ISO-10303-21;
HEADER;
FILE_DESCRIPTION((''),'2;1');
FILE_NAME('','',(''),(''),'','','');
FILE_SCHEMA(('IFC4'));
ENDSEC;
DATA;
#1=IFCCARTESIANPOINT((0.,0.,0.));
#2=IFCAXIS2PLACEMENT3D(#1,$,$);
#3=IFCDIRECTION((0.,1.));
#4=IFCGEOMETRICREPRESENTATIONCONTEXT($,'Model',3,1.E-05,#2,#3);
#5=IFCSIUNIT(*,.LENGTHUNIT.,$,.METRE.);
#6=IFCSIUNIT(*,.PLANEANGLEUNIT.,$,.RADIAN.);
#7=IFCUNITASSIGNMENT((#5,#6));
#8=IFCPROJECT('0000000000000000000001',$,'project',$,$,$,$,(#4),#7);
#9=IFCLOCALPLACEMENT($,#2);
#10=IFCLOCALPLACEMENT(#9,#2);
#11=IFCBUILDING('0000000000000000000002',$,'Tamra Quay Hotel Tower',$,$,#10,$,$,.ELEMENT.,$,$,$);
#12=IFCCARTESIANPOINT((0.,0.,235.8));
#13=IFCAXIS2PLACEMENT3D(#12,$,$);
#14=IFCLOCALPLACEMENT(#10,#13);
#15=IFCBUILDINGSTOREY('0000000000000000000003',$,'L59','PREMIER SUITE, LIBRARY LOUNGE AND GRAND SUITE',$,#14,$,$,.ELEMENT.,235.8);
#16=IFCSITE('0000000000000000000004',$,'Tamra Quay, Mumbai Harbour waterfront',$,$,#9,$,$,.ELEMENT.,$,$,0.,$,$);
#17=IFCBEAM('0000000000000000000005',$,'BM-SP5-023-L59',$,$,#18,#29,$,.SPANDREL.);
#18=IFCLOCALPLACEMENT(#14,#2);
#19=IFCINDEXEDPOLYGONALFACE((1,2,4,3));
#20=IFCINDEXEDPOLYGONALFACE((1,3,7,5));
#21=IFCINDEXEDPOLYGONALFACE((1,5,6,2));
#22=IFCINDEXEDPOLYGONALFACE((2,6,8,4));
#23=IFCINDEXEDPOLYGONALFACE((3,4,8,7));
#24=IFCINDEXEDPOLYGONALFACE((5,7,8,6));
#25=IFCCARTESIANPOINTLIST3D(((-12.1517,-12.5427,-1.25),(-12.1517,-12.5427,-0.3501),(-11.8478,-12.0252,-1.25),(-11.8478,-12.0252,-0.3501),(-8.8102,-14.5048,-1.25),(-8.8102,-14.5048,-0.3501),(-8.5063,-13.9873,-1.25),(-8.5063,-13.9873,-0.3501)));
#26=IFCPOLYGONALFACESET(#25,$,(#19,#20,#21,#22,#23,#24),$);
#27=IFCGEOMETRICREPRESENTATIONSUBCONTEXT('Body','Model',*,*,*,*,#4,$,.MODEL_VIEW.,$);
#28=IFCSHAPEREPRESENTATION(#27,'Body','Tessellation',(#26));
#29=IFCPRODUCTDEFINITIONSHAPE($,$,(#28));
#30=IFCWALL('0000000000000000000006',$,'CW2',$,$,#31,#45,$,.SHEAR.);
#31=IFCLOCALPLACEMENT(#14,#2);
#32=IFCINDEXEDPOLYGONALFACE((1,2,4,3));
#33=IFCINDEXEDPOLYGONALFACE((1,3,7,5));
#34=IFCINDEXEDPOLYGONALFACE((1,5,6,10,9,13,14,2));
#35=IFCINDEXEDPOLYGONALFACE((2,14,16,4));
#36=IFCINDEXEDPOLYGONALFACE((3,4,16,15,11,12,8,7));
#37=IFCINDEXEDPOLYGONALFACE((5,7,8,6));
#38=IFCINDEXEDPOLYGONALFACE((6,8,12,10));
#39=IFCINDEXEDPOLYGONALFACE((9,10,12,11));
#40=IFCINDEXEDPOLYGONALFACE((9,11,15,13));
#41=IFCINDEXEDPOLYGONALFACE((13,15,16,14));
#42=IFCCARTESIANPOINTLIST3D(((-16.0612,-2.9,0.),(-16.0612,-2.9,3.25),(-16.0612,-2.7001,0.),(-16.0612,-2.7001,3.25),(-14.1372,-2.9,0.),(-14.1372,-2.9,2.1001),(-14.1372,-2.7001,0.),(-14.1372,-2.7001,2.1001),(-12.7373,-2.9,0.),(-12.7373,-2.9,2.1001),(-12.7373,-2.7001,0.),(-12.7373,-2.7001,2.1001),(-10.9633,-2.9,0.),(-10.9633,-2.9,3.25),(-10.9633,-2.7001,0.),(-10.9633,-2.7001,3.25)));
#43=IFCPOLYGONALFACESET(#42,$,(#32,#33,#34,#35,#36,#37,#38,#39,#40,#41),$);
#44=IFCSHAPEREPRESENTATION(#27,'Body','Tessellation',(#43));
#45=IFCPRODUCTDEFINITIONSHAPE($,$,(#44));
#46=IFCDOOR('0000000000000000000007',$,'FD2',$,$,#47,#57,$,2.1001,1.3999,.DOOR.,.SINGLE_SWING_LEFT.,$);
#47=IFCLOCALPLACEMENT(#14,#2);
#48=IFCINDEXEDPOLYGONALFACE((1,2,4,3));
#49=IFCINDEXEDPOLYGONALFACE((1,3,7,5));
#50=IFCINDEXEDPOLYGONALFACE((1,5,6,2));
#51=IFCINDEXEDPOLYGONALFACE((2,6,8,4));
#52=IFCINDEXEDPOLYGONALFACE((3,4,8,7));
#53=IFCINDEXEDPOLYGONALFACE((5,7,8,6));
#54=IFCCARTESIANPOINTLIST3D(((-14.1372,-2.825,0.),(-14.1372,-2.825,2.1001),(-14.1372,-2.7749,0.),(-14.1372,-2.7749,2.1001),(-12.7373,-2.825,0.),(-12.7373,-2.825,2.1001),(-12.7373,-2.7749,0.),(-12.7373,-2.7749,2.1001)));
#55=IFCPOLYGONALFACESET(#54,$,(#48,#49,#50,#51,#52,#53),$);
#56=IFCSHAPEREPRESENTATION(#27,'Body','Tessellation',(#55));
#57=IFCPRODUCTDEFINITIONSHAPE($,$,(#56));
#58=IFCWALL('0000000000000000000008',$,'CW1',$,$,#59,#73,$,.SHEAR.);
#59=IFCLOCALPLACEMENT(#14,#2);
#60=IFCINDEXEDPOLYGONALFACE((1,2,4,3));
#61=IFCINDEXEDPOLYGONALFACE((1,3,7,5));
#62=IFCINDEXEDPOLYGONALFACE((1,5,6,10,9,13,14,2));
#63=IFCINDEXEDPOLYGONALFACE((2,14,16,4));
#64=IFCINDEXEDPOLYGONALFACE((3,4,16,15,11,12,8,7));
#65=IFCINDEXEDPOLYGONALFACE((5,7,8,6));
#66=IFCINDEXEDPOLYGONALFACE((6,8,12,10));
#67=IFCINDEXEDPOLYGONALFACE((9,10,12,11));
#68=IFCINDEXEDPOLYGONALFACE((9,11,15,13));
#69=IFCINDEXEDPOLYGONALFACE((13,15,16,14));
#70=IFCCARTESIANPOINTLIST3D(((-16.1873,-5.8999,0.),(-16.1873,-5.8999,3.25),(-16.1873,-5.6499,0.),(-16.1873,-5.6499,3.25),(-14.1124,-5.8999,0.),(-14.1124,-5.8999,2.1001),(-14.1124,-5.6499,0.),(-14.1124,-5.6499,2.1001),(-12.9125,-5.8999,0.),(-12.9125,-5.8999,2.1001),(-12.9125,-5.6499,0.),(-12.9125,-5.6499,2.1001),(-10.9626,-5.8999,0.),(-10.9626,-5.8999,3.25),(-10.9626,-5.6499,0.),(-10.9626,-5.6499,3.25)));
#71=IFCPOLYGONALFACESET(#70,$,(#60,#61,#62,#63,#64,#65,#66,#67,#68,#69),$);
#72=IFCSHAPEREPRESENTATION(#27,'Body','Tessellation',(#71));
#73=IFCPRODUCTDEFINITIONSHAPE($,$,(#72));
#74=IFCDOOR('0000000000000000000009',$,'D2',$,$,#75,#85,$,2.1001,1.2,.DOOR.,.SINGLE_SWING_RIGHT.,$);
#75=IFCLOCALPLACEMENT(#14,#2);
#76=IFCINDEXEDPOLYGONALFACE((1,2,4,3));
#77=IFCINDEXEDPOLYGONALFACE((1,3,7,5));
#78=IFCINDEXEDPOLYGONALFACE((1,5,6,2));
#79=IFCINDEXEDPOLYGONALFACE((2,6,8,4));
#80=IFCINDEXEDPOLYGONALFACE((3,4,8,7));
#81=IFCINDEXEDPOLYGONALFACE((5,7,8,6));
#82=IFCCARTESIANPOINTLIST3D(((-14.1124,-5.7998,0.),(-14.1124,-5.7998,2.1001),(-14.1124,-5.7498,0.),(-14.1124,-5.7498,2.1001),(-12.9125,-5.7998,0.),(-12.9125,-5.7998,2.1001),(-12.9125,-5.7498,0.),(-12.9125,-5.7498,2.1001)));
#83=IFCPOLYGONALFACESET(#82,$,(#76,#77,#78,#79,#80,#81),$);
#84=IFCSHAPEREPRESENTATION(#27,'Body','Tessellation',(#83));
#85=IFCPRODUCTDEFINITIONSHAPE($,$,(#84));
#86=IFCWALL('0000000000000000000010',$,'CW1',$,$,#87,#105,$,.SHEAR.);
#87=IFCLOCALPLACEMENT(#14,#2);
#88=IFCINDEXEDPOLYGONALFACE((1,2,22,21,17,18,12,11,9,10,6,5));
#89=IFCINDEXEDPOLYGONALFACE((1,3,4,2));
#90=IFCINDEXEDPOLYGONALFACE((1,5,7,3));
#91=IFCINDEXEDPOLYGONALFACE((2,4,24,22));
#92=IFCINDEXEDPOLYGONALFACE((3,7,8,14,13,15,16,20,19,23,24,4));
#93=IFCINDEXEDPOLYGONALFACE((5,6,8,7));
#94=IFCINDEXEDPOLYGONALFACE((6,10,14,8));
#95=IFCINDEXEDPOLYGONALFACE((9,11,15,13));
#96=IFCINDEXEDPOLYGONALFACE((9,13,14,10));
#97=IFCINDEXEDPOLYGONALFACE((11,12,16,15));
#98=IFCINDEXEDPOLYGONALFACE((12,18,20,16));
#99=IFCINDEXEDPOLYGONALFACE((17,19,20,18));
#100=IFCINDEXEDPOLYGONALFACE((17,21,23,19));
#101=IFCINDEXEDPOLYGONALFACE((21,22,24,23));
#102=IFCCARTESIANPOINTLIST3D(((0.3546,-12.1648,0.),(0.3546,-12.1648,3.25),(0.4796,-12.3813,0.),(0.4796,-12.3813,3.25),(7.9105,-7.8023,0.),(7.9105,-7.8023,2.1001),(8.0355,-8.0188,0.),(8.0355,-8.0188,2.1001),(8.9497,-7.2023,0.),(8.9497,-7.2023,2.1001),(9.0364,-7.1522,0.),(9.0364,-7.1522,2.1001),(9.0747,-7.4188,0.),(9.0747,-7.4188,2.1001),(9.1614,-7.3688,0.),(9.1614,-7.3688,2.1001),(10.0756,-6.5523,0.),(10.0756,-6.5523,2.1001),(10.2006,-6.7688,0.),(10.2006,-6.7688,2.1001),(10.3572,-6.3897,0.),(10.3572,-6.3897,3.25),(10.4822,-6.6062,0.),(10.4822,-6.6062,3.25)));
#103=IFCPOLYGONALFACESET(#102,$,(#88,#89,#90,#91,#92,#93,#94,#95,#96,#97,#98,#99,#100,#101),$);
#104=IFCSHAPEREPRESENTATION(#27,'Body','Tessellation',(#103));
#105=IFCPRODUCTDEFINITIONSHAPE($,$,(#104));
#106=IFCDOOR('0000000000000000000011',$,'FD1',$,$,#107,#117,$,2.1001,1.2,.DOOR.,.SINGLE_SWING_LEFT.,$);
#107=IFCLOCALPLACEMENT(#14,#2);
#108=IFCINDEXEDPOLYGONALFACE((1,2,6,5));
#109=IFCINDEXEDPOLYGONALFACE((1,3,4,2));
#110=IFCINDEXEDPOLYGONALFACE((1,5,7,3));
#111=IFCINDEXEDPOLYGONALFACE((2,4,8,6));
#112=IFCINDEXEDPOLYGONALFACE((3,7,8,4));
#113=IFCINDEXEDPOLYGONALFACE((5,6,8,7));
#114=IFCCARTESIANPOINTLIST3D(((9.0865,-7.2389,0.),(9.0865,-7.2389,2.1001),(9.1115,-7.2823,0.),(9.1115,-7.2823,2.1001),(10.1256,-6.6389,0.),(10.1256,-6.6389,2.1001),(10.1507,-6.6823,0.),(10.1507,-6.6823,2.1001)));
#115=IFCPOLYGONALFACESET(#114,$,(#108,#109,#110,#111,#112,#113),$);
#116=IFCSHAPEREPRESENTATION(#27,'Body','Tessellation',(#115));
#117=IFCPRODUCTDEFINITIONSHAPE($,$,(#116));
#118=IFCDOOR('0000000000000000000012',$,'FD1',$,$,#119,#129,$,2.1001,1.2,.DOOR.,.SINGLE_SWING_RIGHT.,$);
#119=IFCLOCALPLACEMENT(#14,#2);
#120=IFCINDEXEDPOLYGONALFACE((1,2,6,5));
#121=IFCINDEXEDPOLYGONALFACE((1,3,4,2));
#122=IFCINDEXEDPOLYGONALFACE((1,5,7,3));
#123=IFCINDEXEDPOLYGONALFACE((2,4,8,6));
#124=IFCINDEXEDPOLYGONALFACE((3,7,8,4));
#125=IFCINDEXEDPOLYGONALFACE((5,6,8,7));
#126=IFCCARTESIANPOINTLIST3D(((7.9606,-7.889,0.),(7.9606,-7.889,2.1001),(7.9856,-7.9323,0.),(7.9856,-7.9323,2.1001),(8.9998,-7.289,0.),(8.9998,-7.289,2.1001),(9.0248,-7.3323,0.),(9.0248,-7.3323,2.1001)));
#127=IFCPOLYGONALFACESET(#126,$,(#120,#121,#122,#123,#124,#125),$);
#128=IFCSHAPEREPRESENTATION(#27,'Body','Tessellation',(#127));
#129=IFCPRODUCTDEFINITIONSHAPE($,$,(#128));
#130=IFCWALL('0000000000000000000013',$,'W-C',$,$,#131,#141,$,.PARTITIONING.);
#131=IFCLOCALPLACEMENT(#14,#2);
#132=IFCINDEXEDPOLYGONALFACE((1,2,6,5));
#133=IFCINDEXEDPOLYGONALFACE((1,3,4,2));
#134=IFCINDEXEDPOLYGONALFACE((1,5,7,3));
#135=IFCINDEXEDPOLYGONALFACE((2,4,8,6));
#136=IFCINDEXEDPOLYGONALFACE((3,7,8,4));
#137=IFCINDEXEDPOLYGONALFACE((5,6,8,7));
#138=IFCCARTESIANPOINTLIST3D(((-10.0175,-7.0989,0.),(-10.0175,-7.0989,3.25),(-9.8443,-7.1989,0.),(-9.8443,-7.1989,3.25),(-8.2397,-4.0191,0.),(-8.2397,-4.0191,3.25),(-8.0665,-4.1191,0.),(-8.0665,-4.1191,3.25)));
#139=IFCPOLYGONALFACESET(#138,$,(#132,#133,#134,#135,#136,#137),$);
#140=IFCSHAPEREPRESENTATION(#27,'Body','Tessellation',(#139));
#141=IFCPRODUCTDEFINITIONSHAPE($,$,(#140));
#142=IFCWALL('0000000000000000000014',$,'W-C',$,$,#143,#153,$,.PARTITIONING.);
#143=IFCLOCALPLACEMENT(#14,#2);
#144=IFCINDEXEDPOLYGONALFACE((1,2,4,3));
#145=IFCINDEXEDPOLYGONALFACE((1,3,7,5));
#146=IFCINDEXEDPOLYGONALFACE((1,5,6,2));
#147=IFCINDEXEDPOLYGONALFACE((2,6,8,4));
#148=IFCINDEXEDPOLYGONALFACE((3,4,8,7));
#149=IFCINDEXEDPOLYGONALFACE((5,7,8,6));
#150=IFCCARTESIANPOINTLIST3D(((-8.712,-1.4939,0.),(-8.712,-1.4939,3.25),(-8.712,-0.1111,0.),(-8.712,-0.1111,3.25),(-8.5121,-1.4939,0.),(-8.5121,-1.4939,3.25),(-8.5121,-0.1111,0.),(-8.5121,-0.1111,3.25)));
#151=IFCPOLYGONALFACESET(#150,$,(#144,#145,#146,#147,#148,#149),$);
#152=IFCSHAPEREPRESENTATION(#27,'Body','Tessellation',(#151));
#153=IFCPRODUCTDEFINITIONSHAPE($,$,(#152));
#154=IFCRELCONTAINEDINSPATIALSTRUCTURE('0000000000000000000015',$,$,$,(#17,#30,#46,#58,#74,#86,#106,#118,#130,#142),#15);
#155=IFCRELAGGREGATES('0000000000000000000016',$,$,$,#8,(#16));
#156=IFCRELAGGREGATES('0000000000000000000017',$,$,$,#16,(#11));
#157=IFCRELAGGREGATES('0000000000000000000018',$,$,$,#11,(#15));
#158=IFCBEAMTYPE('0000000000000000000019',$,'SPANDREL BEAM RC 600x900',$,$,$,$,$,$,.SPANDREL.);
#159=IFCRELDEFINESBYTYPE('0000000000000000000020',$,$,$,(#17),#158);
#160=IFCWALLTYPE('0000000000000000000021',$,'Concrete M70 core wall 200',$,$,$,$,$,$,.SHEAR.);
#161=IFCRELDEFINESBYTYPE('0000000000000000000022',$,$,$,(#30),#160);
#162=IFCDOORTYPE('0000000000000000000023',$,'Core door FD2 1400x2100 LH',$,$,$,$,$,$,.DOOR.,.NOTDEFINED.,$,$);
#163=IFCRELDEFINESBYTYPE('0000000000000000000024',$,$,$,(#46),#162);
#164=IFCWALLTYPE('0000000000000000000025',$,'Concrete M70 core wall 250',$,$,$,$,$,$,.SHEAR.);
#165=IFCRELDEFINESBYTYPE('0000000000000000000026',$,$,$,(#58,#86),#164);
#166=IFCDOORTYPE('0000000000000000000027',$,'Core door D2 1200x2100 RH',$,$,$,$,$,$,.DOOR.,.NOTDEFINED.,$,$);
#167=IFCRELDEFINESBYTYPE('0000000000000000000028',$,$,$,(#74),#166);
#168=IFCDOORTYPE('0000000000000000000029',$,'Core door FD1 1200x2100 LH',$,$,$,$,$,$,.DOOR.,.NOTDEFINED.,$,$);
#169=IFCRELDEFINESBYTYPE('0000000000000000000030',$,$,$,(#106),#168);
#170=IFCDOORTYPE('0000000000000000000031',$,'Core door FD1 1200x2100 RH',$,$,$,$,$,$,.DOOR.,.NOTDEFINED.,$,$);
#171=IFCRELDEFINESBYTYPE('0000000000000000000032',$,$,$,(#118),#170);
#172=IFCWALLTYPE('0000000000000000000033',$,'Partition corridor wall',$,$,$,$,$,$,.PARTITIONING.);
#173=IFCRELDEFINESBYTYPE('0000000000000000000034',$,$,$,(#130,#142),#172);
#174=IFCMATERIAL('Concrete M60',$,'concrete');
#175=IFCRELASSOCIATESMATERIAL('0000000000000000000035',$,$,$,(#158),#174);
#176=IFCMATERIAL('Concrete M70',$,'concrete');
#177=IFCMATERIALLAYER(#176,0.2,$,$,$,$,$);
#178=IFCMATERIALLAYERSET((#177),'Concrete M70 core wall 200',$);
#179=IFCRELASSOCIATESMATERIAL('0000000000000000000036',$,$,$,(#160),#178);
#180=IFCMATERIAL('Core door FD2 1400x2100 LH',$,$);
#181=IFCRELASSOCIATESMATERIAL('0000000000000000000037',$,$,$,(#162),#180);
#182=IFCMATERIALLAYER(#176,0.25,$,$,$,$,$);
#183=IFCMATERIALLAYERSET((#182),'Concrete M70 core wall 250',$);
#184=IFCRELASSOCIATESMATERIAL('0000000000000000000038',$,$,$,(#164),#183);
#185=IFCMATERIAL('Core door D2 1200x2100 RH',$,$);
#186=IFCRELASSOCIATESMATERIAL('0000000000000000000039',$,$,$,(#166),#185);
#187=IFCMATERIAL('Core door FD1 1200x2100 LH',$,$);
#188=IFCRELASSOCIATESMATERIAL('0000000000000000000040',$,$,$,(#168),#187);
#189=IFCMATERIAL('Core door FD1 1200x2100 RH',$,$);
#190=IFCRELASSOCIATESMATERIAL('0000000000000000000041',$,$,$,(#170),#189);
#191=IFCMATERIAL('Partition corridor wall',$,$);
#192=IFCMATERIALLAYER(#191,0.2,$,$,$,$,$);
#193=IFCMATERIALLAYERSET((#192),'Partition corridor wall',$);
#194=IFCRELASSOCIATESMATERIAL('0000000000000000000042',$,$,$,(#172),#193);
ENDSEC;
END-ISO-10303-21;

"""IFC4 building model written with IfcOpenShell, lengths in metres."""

from ifc_helpers import new_model, si_unit, direction, frame, frame_2d, origin, origin_2d, place, context, subcontext, project, spatial, rectangle, extrude, material, layer, layer_set, material_profile, profile_set, type_object, element, fill, save


model = new_model("IFC4")

# Units and contexts
model_context = context("Model", 3, precision=1e-05, world=origin(), true_north=direction((0.0, 1.0)))
body_context = subcontext(model_context, "Body", "Model", "MODEL_VIEW")
ifc_project = project(units=[si_unit("LENGTHUNIT", "METRE"), si_unit("PLANEANGLEUNIT", "RADIAN")], contexts=[model_context])

# Site, building, storey
site_placement = place(None, origin())
site = spatial("IfcSite", under=ifc_project, at=site_placement, Name="Tamra Quay, Mumbai Harbour waterfront", CompositionType="ELEMENT", RefElevation=0.0)
building_placement = place(site_placement, origin())
building = spatial("IfcBuilding", under=site, at=building_placement, Name="Tamra Quay Hotel Tower", CompositionType="ELEMENT")
storey_placement = place(building_placement, frame((0.0, 0.0, 235.8)))
storey = spatial("IfcBuildingStorey", under=building, at=storey_placement, Name="L59", Description="PREMIER SUITE, LIBRARY LOUNGE AND GRAND SUITE", CompositionType="ELEMENT", Elevation=235.8)

# Beam
ifc_material_1 = material(Name="Concrete M60", Category="concrete")
ifc_material_profile = material_profile(ifc_material_1, rectangle(XDim=0.6001, YDim=0.8999, at=origin_2d()), Name="SPANDREL BEAM RC 600x900")
ifc_profile_set = profile_set([ifc_material_profile], Name="Concrete M60")
beam_type = type_object("IfcBeamType", Name="SPANDREL BEAM RC 600x900", PredefinedType="SPANDREL", material=ifc_profile_set)
beam_placement = place(storey_placement, frame((-11.9998, -12.2839, -0.8), z_axis=(0.862324, -0.506356, 0.0), x_axis=(0.506356, 0.862324, 0.0)))
element("IfcBeam", 1, at=beam_placement, inside=storey, type_object=beam_type, Name="BM-SP5-023-L59", PredefinedType="SPANDREL", context=body_context, shape_type="SweptSolid", body=[
    extrude(rectangle(XDim=0.6001, YDim=0.8999, at=origin_2d()), origin(), (0.0, 0.0, 1.0), 3.875),
])

# Walls, openings, doors
ifc_material_2 = material(Name="Concrete M70", Category="concrete")
ifc_layer_1 = layer(ifc_material_2, 0.2)
ifc_layer_set_1 = layer_set([ifc_layer_1], Name="Concrete M70 core wall 200")
wall_type_1 = type_object("IfcWallType", Name="Concrete M70 core wall 200", PredefinedType="SHEAR", material=ifc_layer_set_1)
wall_1_placement = place(storey_placement, frame((-10.9634, -2.8, 0.0), z_axis=(0.0, 0.0, 1.0), x_axis=(-1.0, 0.0, 0.0)))
wall_1 = element("IfcWall", 2, at=wall_1_placement, inside=storey, type_object=wall_type_1, Name="CW2", PredefinedType="SHEAR", context=body_context, shape_type="SweptSolid", body=[
    extrude(rectangle(XDim=5.0979, YDim=0.2, at=frame_2d((2.5488, 0.0))), origin(), (0.0, 0.0, 1.0), 3.25),
])
opening_1_placement = place(wall_1_placement, frame((1.7739, 0.0, 0.0)))
opening_1 = element("IfcOpeningElement", 3, at=opening_1_placement, cuts=wall_1, PredefinedType="OPENING", context=body_context, shape_type="SweptSolid", body=[
    extrude(rectangle(XDim=1.3999, YDim=2.1001, at=frame_2d((0.7, 1.05))), frame((0.0, 0.1099, 0.0), z_axis=(0.0, -1.0, 0.0), x_axis=(1.0, 0.0, 0.0)), (0.0, 0.0, 1.0), 0.22),
])
ifc_material_3 = material(Name="Core door FD2 1400x2100 LH")
door_type_1 = type_object("IfcDoorType", Name="Core door FD2 1400x2100 LH", OperationType="NOTDEFINED", PredefinedType="DOOR", material=ifc_material_3)
door_1_placement = place(opening_1_placement, origin())
door_1 = element("IfcDoor", 4, at=door_1_placement, inside=storey, type_object=door_type_1, Name="FD2", OperationType="SINGLE_SWING_LEFT", OverallHeight=2.1001, OverallWidth=1.3999, PredefinedType="DOOR", context=body_context, shape_type="SweptSolid", body=[
    extrude(rectangle(XDim=1.3999, YDim=2.1001, at=frame_2d((0.7, 1.05))), frame((0.0, 0.0249, 0.0), z_axis=(0.0, -1.0, 0.0), x_axis=(1.0, 0.0, 0.0)), (0.0, 0.0, 1.0), 0.05),
])
fill(opening_1, door_1)
ifc_layer_2 = layer(ifc_material_2, 0.25)
ifc_layer_set_2 = layer_set([ifc_layer_2], Name="Concrete M70 core wall 250")
wall_type_2 = type_object("IfcWallType", Name="Concrete M70 core wall 250", PredefinedType="SHEAR", material=ifc_layer_set_2)
wall_2_placement = place(storey_placement, frame((-10.9626, -5.7749, 0.0), z_axis=(0.0, 0.0, 1.0), x_axis=(-1.0, 0.0, 0.0)))
wall_2 = element("IfcWall", 5, at=wall_2_placement, inside=storey, type_object=wall_type_2, Name="CW1", PredefinedType="SHEAR", context=body_context, shape_type="SweptSolid", body=[
    extrude(rectangle(XDim=5.2246, YDim=0.25, at=frame_2d((2.6123, 0.0))), origin(), (0.0, 0.0, 1.0), 3.25),
])
opening_2_placement = place(wall_2_placement, frame((1.9497, 0.0, 0.0)))
opening_2 = element("IfcOpeningElement", 6, at=opening_2_placement, cuts=wall_2, PredefinedType="OPENING", context=body_context, shape_type="SweptSolid", body=[
    extrude(rectangle(XDim=1.2, YDim=2.1001, at=frame_2d((0.6001, 1.05))), frame((0.0, 0.135, 0.0), z_axis=(0.0, -1.0, 0.0), x_axis=(1.0, 0.0, 0.0)), (0.0, 0.0, 1.0), 0.27),
])
ifc_material_4 = material(Name="Core door D2 1200x2100 RH")
door_type_2 = type_object("IfcDoorType", Name="Core door D2 1200x2100 RH", OperationType="NOTDEFINED", PredefinedType="DOOR", material=ifc_material_4)
door_2_placement = place(opening_2_placement, origin())
door_2 = element("IfcDoor", 7, at=door_2_placement, inside=storey, type_object=door_type_2, Name="D2", OperationType="SINGLE_SWING_RIGHT", OverallHeight=2.1001, OverallWidth=1.2, PredefinedType="DOOR", context=body_context, shape_type="SweptSolid", body=[
    extrude(rectangle(XDim=1.2, YDim=2.1001, at=frame_2d((0.6001, 1.05))), frame((0.0, 0.0249, 0.0), z_axis=(0.0, -1.0, 0.0), x_axis=(1.0, 0.0, 0.0)), (0.0, 0.0, 1.0), 0.05),
])
fill(opening_2, door_2)

# Wall, openings, doors
wall_3_placement = place(storey_placement, frame((0.4172, -12.2729, 0.0), z_axis=(0.0, 0.0, 1.0), x_axis=(0.866022, 0.500006, 0.0)))
wall_3 = element("IfcWall", 8, at=wall_3_placement, inside=storey, type_object=wall_type_2, Name="CW1", PredefinedType="SHEAR", context=body_context, shape_type="SweptSolid", body=[
    extrude(rectangle(XDim=11.55, YDim=0.25, at=frame_2d((5.7749, 0.0))), origin(), (0.0, 0.0, 1.0), 3.25),
])
opening_3_placement = place(wall_3_placement, frame((10.0247, 0.0, 0.0)))
opening_3 = element("IfcOpeningElement", 9, at=opening_3_placement, cuts=wall_3, PredefinedType="OPENING", context=body_context, shape_type="SweptSolid", body=[
    extrude(rectangle(XDim=1.2, YDim=2.1001, at=frame_2d((0.6001, 1.05))), frame((0.0, 0.135, 0.0), z_axis=(0.0, -1.0, 0.0), x_axis=(1.0, 0.0, 0.0)), (0.0, 0.0, 1.0), 0.27),
])
opening_4_placement = place(wall_3_placement, frame((8.7246, 0.0, 0.0)))
opening_4 = element("IfcOpeningElement", 10, at=opening_4_placement, cuts=wall_3, PredefinedType="OPENING", context=body_context, shape_type="SweptSolid", body=[
    extrude(rectangle(XDim=1.2, YDim=2.1001, at=frame_2d((0.6001, 1.05))), frame((0.0, 0.135, 0.0), z_axis=(0.0, -1.0, 0.0), x_axis=(1.0, 0.0, 0.0)), (0.0, 0.0, 1.0), 0.27),
])
ifc_material_5 = material(Name="Core door FD1 1200x2100 LH")
door_type_3 = type_object("IfcDoorType", Name="Core door FD1 1200x2100 LH", OperationType="NOTDEFINED", PredefinedType="DOOR", material=ifc_material_5)
door_3_placement = place(opening_3_placement, origin())
door_3 = element("IfcDoor", 11, at=door_3_placement, inside=storey, type_object=door_type_3, Name="FD1", OperationType="SINGLE_SWING_LEFT", OverallHeight=2.1001, OverallWidth=1.2, PredefinedType="DOOR", context=body_context, shape_type="SweptSolid", body=[
    extrude(rectangle(XDim=1.2, YDim=2.1001, at=frame_2d((0.6001, 1.05))), frame((0.0, 0.0249, 0.0), z_axis=(0.0, -1.0, 0.0), x_axis=(1.0, 0.0, 0.0)), (0.0, 0.0, 1.0), 0.05),
])
fill(opening_3, door_3)
ifc_material_6 = material(Name="Core door FD1 1200x2100 RH")
door_type_4 = type_object("IfcDoorType", Name="Core door FD1 1200x2100 RH", OperationType="NOTDEFINED", PredefinedType="DOOR", material=ifc_material_6)
door_4_placement = place(opening_4_placement, origin())
door_4 = element("IfcDoor", 12, at=door_4_placement, inside=storey, type_object=door_type_4, Name="FD1", OperationType="SINGLE_SWING_RIGHT", OverallHeight=2.1001, OverallWidth=1.2, PredefinedType="DOOR", context=body_context, shape_type="SweptSolid", body=[
    extrude(rectangle(XDim=1.2, YDim=2.1001, at=frame_2d((0.6001, 1.05))), frame((0.0, 0.0249, 0.0), z_axis=(0.0, -1.0, 0.0), x_axis=(1.0, 0.0, 0.0)), (0.0, 0.0, 1.0), 0.05),
])
fill(opening_4, door_4)

# Walls
ifc_material_7 = material(Name="Partition corridor wall")
ifc_layer_3 = layer(ifc_material_7, 0.2)
ifc_layer_set_3 = layer_set([ifc_layer_3], Name="Partition corridor wall")
wall_type_3 = type_object("IfcWallType", Name="Partition corridor wall", PredefinedType="PARTITIONING", material=ifc_layer_set_3)
wall_4_placement = place(storey_placement, frame((-9.9309, -7.1489, 0.0), z_axis=(0.0, 0.0, 1.0), x_axis=(0.499934, 0.866063, 0.0)))
element("IfcWall", 13, at=wall_4_placement, inside=storey, type_object=wall_type_3, Name="W-C", PredefinedType="PARTITIONING", context=body_context, shape_type="SweptSolid", body=[
    extrude(rectangle(XDim=3.5562, YDim=0.2, at=frame_2d((1.7781, 0.0))), origin(), (0.0, 0.0, 1.0), 3.25),
])
wall_5_placement = place(storey_placement, frame((-8.6121, -1.4939, 0.0), z_axis=(0.0, 0.0, 1.0), x_axis=(0.0, 1.0, 0.0)))
element("IfcWall", 14, at=wall_5_placement, inside=storey, type_object=wall_type_3, Name="W-C", PredefinedType="PARTITIONING", context=body_context, shape_type="SweptSolid", body=[
    extrude(rectangle(XDim=1.3828, YDim=0.2, at=frame_2d((0.6914, 0.0))), origin(), (0.0, 0.0, 1.0), 3.25),
])

save(model, "model.ifc")
